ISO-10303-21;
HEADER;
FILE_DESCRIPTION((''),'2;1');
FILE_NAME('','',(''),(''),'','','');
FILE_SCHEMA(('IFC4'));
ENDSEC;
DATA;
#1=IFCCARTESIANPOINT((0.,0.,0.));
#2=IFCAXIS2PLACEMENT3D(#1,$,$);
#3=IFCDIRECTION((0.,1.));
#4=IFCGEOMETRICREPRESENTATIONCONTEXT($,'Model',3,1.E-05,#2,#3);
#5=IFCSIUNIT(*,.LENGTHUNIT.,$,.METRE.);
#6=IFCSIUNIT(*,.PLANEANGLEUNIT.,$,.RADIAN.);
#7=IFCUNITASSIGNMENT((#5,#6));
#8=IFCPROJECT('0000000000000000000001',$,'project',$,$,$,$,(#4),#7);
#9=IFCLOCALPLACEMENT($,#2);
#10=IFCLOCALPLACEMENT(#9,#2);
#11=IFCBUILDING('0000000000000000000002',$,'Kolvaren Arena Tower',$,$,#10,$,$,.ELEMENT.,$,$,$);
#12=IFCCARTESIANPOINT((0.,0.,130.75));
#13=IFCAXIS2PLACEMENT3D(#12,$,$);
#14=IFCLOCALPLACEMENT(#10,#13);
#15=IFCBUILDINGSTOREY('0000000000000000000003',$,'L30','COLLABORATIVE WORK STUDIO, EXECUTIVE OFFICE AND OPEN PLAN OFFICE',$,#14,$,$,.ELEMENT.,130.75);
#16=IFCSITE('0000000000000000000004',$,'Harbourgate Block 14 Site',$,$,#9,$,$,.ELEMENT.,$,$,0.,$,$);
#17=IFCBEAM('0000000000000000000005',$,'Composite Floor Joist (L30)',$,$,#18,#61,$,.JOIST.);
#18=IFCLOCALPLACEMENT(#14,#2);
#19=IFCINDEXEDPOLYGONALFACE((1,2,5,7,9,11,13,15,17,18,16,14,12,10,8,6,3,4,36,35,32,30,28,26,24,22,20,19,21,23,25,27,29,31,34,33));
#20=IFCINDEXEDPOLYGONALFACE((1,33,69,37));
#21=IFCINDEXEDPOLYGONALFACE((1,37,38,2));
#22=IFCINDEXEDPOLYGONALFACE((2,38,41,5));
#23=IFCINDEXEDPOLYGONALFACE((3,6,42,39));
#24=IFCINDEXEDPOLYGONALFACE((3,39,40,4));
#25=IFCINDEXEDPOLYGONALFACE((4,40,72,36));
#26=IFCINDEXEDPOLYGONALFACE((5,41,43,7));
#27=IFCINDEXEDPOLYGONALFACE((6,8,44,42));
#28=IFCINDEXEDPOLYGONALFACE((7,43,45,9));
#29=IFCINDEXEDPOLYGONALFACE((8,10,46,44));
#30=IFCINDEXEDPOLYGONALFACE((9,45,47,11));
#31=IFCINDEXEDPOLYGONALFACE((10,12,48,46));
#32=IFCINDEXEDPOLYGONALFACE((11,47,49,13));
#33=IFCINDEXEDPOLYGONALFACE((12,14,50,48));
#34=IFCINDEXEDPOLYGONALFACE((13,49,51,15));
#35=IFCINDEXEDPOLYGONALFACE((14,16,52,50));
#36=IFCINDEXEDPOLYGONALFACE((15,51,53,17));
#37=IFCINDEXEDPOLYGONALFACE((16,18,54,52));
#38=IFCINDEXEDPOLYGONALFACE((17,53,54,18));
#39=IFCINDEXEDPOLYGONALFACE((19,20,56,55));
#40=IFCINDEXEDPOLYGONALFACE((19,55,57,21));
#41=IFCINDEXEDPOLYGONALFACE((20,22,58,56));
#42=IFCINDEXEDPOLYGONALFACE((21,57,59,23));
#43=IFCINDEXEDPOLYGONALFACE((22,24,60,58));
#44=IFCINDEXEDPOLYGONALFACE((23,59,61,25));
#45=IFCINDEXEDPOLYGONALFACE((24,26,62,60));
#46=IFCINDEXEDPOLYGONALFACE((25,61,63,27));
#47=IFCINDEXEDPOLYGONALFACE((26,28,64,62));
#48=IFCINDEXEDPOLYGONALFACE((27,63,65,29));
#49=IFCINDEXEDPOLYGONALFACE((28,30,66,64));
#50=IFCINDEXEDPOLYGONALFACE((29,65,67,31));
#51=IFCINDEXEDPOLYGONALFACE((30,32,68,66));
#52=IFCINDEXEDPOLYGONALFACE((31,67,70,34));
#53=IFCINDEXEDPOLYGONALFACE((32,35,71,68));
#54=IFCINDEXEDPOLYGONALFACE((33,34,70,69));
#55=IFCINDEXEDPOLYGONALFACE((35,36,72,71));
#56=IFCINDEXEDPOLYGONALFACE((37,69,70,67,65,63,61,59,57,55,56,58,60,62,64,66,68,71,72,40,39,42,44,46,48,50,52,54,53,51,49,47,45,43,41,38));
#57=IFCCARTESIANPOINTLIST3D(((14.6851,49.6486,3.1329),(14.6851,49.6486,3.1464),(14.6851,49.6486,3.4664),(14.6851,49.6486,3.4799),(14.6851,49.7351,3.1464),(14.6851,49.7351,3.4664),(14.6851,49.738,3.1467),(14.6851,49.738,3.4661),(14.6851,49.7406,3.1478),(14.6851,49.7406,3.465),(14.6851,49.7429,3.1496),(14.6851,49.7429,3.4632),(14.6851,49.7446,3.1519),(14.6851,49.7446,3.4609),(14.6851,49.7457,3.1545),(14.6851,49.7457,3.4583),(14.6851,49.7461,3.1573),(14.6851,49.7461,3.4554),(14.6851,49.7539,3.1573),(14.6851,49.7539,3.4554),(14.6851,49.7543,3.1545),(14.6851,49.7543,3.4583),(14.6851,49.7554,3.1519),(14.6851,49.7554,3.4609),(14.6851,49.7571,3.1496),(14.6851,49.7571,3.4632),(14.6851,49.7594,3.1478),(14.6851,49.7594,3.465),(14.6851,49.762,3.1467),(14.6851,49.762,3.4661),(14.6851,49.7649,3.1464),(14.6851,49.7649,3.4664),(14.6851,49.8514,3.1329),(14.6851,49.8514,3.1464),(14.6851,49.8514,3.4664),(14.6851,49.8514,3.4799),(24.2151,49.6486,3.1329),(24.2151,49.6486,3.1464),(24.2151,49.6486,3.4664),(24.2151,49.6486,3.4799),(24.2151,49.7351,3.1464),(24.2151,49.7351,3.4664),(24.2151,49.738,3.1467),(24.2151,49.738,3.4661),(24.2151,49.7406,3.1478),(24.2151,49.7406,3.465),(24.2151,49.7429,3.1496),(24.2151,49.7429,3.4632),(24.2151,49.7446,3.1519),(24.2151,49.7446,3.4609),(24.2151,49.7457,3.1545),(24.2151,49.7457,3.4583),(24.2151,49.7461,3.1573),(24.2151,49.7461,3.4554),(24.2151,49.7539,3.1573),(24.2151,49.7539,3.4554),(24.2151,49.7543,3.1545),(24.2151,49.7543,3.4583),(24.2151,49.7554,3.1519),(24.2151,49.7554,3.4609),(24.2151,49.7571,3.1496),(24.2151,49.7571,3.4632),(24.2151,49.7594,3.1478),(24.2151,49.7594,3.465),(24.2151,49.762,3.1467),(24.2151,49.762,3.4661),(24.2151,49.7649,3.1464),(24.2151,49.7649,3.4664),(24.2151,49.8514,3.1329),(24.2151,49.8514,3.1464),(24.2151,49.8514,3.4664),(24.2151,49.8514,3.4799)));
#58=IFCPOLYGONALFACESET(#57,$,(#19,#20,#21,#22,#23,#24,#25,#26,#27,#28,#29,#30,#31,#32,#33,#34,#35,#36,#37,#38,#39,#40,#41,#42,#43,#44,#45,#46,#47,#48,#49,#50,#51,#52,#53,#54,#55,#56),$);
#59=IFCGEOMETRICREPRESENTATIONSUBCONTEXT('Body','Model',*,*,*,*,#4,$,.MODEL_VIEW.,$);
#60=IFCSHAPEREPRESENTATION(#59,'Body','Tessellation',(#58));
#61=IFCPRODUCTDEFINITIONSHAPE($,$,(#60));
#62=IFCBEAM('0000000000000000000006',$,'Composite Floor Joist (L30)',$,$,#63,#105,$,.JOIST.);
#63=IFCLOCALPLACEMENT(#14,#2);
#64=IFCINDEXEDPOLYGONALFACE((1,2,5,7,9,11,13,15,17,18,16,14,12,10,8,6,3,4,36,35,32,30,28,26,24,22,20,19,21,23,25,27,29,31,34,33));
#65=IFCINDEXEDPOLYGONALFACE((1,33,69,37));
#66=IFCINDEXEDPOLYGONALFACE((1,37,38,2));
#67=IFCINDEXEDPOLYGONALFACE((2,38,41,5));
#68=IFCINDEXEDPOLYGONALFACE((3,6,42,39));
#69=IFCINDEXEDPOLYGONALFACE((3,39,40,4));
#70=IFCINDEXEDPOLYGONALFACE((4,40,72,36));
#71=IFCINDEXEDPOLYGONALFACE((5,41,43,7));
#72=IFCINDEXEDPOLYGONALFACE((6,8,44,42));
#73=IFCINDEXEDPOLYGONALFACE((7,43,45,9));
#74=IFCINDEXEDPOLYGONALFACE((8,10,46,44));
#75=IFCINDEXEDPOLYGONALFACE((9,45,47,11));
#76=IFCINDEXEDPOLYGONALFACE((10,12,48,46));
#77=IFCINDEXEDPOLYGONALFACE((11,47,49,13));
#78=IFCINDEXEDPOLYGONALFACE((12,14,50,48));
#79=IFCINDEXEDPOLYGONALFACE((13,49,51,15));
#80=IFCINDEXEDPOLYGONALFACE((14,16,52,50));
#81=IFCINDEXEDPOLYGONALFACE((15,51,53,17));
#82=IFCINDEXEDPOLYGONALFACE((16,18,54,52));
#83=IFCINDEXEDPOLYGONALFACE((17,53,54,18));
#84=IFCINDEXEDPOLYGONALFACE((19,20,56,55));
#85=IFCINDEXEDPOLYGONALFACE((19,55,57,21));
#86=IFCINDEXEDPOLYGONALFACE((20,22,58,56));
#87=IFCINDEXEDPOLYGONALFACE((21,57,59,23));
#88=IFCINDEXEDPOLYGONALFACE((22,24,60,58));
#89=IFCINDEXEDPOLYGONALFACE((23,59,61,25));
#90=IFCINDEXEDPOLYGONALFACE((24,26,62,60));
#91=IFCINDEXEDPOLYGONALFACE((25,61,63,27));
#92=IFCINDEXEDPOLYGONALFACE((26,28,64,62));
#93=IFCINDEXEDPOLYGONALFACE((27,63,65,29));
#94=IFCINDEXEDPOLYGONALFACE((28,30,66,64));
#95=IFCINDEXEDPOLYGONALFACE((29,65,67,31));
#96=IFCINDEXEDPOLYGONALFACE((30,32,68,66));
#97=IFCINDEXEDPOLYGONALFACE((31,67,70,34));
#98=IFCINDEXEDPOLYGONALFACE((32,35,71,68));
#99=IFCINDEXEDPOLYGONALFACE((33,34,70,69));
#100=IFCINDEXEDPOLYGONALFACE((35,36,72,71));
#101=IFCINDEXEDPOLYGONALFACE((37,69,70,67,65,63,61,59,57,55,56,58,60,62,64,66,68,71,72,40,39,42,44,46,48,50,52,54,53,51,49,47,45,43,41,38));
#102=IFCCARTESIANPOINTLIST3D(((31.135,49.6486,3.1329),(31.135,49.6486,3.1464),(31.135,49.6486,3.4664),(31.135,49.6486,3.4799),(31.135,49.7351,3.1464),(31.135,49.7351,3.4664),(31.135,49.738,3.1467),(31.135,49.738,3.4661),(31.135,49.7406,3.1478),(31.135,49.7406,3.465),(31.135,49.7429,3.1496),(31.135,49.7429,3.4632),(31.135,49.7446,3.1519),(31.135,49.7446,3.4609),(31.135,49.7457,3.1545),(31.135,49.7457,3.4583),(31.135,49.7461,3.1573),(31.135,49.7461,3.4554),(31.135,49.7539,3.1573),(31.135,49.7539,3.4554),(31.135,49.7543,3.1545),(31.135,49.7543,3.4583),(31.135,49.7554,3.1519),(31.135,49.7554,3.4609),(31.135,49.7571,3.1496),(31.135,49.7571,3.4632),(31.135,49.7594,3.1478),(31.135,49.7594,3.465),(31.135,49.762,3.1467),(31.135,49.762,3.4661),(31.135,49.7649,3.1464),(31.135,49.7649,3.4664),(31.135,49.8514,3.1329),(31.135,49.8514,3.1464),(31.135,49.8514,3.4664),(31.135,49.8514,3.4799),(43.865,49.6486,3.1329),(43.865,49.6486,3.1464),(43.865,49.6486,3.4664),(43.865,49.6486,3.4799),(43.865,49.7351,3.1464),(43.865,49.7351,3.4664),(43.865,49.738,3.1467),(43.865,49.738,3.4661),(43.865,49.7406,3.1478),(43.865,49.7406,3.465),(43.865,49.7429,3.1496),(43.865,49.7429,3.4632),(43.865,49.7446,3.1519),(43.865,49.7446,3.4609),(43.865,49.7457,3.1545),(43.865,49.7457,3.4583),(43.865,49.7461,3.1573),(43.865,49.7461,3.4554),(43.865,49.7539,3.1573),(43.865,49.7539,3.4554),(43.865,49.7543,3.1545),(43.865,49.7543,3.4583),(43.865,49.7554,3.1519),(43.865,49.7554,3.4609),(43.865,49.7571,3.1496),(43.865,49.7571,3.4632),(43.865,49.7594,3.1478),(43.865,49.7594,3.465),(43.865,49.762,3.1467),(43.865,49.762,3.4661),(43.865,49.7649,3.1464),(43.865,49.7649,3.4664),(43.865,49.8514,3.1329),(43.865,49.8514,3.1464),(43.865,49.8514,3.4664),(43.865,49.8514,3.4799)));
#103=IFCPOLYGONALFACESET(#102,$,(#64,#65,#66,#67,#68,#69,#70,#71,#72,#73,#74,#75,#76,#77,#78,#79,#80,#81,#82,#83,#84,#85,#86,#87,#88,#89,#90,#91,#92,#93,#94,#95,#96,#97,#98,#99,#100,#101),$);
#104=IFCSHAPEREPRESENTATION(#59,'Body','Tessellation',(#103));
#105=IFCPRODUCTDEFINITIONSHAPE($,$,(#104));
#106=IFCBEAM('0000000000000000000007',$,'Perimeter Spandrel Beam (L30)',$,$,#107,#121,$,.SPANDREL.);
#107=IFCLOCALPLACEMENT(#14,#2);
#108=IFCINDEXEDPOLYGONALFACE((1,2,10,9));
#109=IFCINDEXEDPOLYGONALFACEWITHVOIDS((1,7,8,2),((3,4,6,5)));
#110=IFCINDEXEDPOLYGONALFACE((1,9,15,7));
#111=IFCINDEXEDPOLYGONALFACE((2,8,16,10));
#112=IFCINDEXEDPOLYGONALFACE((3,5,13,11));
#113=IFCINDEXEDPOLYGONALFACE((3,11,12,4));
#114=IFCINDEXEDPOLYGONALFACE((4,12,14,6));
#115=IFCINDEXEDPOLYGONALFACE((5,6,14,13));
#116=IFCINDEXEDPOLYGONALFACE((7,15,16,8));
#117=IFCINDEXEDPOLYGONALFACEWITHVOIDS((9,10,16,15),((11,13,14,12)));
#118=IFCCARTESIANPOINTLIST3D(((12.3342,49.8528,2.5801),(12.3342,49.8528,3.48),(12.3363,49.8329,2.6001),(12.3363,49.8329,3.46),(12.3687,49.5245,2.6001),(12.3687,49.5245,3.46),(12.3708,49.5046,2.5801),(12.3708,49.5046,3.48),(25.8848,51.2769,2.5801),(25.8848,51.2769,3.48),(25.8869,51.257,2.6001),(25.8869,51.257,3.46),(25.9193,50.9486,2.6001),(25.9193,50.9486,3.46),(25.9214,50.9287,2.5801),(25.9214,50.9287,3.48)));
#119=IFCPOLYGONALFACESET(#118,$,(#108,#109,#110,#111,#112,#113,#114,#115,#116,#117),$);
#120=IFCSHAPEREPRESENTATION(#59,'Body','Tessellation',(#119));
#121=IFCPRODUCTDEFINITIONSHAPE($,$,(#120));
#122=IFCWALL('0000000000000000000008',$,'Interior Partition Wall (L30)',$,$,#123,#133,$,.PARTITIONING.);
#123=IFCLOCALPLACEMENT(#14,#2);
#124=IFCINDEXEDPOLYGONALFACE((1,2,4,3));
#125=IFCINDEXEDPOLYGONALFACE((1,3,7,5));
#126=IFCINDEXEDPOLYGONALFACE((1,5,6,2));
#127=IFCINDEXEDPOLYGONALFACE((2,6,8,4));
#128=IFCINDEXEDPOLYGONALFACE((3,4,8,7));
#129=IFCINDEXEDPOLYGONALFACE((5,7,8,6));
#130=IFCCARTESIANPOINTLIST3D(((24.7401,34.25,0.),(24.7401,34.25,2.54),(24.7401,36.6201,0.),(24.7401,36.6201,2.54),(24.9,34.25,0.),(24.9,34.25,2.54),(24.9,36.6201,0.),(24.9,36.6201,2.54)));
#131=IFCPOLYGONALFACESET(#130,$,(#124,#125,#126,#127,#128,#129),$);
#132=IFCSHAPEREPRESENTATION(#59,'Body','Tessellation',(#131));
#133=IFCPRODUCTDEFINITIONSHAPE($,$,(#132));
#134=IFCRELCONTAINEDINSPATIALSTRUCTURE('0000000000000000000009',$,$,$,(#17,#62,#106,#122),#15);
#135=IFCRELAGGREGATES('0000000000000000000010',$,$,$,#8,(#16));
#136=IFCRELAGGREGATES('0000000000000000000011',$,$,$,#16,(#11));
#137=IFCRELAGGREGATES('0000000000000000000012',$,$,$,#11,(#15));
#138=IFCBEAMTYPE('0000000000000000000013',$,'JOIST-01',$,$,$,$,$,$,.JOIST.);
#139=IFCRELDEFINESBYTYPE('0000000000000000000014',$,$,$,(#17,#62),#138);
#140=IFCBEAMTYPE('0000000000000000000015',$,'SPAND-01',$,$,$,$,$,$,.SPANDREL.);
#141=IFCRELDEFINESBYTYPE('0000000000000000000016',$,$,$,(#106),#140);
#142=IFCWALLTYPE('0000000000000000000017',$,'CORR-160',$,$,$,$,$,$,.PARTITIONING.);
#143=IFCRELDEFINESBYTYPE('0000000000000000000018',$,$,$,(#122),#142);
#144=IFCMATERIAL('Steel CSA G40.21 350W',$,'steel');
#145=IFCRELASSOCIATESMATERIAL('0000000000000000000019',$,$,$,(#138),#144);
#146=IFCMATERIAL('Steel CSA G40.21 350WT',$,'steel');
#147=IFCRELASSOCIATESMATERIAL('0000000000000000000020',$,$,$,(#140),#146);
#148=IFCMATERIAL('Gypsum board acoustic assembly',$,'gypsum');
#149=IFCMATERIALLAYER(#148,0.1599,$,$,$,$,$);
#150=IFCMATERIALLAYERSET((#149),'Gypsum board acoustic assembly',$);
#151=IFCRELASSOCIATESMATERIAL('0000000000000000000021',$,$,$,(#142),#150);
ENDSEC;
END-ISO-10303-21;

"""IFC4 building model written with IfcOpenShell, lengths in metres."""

from ifc_helpers import new_model, si_unit, direction, frame, frame_2d, origin, origin_2d, place, context, subcontext, project, spatial, rectangle, hollow_rectangle, i_section, extrude, material, layer, layer_set, material_profile, profile_set, type_object, element, save


model = new_model("IFC4")

# Units and contexts
model_context = context("Model", 3, precision=1e-05, world=origin(), true_north=direction((0.0, 1.0)))
body_context = subcontext(model_context, "Body", "Model", "MODEL_VIEW")
ifc_project = project(units=[si_unit("LENGTHUNIT", "METRE"), si_unit("PLANEANGLEUNIT", "RADIAN")], contexts=[model_context])

# Site, building, storey
site_placement = place(None, origin())
site = spatial("IfcSite", under=ifc_project, at=site_placement, Name="Harbourgate Block 14 Site", CompositionType="ELEMENT", RefElevation=0.0)
building_placement = place(site_placement, origin())
building = spatial("IfcBuilding", under=site, at=building_placement, Name="Kolvaren Arena Tower", CompositionType="ELEMENT")
storey_placement = place(building_placement, frame((0.0, 0.0, 130.75)))
storey = spatial("IfcBuildingStorey", under=building, at=storey_placement, Name="L30", Description="COLLABORATIVE WORK STUDIO, EXECUTIVE OFFICE AND OPEN PLAN OFFICE", CompositionType="ELEMENT", Elevation=130.75)

# Beams
ifc_material_1 = material(Name="Steel CSA G40.21 350W", Category="steel")
ifc_material_profile_1 = material_profile(ifc_material_1, i_section(OverallWidth=0.2029, OverallDepth=0.3469, WebThickness=0.0078, FlangeThickness=0.0134, FilletRadius=0.011, at=origin_2d()), Name="W360x64")
ifc_profile_set_1 = profile_set([ifc_material_profile_1], Name="Steel CSA G40.21 350W")
beam_type_1 = type_object("IfcBeamType", Name="JOIST-01", PredefinedType="JOIST", material=ifc_profile_set_1)
beam_1_placement = place(storey_placement, frame((14.6851, 49.75, 3.3064), z_axis=(1.0, 0.0, 0.0), x_axis=(0.0, 1.0, 0.0)))
element("IfcBeam", 1, at=beam_1_placement, inside=storey, type_object=beam_type_1, Name="Composite Floor Joist (L30)", PredefinedType="JOIST", context=body_context, shape_type="SweptSolid", body=[
    extrude(i_section(OverallWidth=0.2029, OverallDepth=0.3469, WebThickness=0.0078, FlangeThickness=0.0134, FilletRadius=0.011, at=origin_2d()), origin(), (0.0, 0.0, 1.0), 9.53),
])
beam_2_placement = place(storey_placement, frame((31.135, 49.75, 3.3064), z_axis=(1.0, 0.0, 0.0), x_axis=(0.0, 1.0, 0.0)))
element("IfcBeam", 2, at=beam_2_placement, inside=storey, type_object=beam_type_1, Name="Composite Floor Joist (L30)", PredefinedType="JOIST", context=body_context, shape_type="SweptSolid", body=[
    extrude(i_section(OverallWidth=0.2029, OverallDepth=0.3469, WebThickness=0.0078, FlangeThickness=0.0134, FilletRadius=0.011, at=origin_2d()), origin(), (0.0, 0.0, 1.0), 12.73),
])
ifc_material_2 = material(Name="Steel CSA G40.21 350WT", Category="steel")
ifc_material_profile_2 = material_profile(ifc_material_2, hollow_rectangle(XDim=0.3501, YDim=0.8999, WallThickness=0.02, at=origin_2d()), Name="HSS 900x350x20")
ifc_profile_set_2 = profile_set([ifc_material_profile_2], Name="Steel CSA G40.21 350WT")
beam_type_2 = type_object("IfcBeamType", Name="SPAND-01", PredefinedType="SPANDREL", material=ifc_profile_set_2)
beam_3_placement = place(storey_placement, frame((25.9031, 51.1028, 3.03), z_axis=(-0.994523, -0.104518, 0.0), x_axis=(0.104518, -0.994523, 0.0)))
element("IfcBeam", 3, at=beam_3_placement, inside=storey, type_object=beam_type_2, Name="Perimeter Spandrel Beam (L30)", PredefinedType="SPANDREL", context=body_context, shape_type="SweptSolid", body=[
    extrude(hollow_rectangle(XDim=0.3501, YDim=0.8999, WallThickness=0.02, at=origin_2d()), origin(), (0.0, 0.0, 1.0), 13.6252),
])

# Wall
ifc_material_3 = material(Name="Gypsum board acoustic assembly", Category="gypsum")
ifc_layer_1 = layer(ifc_material_3, 0.1599)
ifc_layer_set_1 = layer_set([ifc_layer_1], Name="Gypsum board acoustic assembly")
wall_type_1 = type_object("IfcWallType", Name="CORR-160", PredefinedType="PARTITIONING", material=ifc_layer_set_1)
wall_1_placement = place(storey_placement, frame((24.8201, 34.25, 0.0), z_axis=(0.0, 0.0, 1.0), x_axis=(0.0, 1.0, 0.0)))
element("IfcWall", 4, at=wall_1_placement, inside=storey, type_object=wall_type_1, Name="Interior Partition Wall (L30)", PredefinedType="PARTITIONING", context=body_context, shape_type="SweptSolid", body=[
    extrude(rectangle(XDim=2.3701, YDim=0.1599, at=frame_2d((1.1851, 0.0))), origin(), (0.0, 0.0, 1.0), 2.54),
])

save(model, "model.ifc")
